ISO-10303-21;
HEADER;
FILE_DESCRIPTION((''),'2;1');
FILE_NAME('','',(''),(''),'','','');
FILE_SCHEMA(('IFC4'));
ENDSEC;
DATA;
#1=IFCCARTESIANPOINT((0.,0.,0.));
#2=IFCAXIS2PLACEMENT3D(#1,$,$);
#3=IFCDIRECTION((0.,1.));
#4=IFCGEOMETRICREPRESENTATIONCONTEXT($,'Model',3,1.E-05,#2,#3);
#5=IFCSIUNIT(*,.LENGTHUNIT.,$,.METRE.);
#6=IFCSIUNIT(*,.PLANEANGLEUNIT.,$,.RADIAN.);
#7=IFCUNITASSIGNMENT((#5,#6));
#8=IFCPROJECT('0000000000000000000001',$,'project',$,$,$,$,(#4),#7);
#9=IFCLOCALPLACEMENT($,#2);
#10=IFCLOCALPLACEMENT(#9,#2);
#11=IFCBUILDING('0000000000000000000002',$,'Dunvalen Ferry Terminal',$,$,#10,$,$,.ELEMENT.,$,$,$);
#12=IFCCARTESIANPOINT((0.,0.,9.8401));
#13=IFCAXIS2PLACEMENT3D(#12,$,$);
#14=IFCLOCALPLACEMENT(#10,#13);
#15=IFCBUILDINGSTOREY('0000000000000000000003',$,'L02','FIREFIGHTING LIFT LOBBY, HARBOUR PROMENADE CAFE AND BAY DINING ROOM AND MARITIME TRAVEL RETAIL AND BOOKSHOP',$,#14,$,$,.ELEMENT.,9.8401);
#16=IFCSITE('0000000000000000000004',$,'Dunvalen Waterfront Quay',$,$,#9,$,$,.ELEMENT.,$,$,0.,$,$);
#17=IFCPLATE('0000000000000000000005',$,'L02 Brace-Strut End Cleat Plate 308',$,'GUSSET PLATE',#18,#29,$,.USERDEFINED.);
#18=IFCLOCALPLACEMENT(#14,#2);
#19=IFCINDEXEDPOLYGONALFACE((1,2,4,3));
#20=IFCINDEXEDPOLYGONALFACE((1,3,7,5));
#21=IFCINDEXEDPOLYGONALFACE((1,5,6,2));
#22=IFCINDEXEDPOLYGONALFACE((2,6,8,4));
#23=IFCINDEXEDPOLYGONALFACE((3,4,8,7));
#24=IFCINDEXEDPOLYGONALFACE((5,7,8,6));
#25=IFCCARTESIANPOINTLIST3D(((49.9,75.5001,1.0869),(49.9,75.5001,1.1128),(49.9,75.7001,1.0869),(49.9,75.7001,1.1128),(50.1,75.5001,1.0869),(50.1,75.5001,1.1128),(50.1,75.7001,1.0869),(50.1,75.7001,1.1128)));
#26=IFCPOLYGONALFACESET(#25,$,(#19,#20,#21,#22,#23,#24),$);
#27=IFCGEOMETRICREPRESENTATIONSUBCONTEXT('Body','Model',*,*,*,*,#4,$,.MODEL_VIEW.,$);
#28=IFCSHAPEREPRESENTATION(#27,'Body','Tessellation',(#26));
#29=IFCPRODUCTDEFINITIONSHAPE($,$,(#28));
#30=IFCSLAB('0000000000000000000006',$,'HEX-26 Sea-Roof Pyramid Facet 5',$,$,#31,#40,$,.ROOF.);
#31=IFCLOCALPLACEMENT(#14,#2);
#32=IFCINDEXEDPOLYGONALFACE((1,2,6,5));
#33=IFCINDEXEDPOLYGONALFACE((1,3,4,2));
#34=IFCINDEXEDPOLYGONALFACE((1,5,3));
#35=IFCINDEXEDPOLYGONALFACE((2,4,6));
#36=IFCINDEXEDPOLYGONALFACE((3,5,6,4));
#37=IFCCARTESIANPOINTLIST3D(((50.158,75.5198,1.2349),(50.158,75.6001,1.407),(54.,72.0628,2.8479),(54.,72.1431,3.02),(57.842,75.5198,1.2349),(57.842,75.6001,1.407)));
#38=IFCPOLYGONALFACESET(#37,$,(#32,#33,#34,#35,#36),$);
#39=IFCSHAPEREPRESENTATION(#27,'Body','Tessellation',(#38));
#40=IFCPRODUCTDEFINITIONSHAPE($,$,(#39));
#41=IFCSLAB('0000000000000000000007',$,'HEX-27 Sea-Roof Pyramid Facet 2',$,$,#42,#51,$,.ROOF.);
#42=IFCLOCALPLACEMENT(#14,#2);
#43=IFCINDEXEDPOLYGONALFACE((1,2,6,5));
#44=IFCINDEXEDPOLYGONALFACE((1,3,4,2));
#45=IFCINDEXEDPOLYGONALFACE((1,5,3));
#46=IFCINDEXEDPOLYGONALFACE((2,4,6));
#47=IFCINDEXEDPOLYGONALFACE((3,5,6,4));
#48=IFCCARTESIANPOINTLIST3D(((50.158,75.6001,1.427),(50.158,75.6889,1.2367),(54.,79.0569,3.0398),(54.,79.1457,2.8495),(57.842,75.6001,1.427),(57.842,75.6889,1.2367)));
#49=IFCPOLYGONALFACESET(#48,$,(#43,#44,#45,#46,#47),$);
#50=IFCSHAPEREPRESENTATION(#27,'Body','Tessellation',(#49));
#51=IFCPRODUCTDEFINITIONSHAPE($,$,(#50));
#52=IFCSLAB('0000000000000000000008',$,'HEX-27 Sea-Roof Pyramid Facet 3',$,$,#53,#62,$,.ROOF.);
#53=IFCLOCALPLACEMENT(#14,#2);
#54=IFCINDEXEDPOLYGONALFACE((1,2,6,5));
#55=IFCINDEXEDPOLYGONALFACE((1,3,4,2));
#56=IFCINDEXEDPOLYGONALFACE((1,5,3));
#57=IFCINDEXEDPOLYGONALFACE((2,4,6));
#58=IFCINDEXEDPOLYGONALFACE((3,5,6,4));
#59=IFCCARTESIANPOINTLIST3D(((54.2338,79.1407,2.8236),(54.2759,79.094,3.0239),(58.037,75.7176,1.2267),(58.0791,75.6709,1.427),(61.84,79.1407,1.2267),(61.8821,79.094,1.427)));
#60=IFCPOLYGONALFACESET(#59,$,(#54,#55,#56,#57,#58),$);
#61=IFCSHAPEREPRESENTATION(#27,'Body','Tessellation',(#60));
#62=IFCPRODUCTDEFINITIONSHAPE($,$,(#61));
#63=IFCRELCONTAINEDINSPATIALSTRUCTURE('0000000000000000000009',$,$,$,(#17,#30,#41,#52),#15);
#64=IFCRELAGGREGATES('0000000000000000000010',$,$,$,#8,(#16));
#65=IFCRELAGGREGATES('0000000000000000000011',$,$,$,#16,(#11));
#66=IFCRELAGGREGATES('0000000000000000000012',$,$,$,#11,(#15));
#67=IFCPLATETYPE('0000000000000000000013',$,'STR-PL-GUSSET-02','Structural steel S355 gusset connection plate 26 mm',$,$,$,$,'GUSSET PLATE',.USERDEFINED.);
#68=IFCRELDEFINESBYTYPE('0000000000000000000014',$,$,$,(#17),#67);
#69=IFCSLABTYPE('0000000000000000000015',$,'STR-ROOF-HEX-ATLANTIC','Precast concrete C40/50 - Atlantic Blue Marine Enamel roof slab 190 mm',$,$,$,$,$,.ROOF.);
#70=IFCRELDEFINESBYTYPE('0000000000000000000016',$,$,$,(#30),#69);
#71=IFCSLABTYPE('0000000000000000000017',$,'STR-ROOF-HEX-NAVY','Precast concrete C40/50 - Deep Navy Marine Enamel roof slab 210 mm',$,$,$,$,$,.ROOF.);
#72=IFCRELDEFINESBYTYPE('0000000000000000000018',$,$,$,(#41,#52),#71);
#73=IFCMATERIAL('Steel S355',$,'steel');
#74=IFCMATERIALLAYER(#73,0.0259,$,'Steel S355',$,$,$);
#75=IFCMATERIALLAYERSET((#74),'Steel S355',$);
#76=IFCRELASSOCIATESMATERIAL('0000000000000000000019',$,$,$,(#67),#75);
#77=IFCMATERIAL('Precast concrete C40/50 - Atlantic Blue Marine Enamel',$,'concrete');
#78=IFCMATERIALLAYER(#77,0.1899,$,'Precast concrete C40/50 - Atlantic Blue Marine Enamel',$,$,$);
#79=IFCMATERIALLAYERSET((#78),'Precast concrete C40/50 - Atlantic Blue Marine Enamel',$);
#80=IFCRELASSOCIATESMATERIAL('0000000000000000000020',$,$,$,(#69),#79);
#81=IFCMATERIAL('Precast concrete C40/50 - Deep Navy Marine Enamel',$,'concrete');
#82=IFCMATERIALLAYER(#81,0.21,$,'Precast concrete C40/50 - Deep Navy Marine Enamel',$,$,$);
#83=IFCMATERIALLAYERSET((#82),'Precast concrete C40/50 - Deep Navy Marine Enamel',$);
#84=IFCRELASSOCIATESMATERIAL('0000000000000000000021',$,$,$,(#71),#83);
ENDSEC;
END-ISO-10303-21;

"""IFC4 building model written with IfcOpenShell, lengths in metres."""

from ifc_helpers import new_model, si_unit, direction, frame, origin, origin_2d, place, context, subcontext, project, spatial, polyline, rectangle, outline, extrude, material, layer, layer_set, type_object, element, save


model = new_model("IFC4")

# Units and contexts
model_context = context("Model", 3, precision=1e-05, world=origin(), true_north=direction((0.0, 1.0)))
body_context = subcontext(model_context, "Body", "Model", "MODEL_VIEW")
ifc_project = project(units=[si_unit("LENGTHUNIT", "METRE"), si_unit("PLANEANGLEUNIT", "RADIAN")], contexts=[model_context])

# Site, building, storey
site_placement = place(None, origin())
site = spatial("IfcSite", under=ifc_project, at=site_placement, Name="Dunvalen Waterfront Quay", CompositionType="ELEMENT", RefElevation=0.0)
building_placement = place(site_placement, origin())
building = spatial("IfcBuilding", under=site, at=building_placement, Name="Dunvalen Ferry Terminal", CompositionType="ELEMENT")
storey_placement = place(building_placement, frame((0.0, 0.0, 9.8401)))
storey = spatial("IfcBuildingStorey", under=building, at=storey_placement, Name="L02", Description="FIREFIGHTING LIFT LOBBY, HARBOUR PROMENADE CAFE AND BAY DINING ROOM AND MARITIME TRAVEL RETAIL AND BOOKSHOP", CompositionType="ELEMENT", Elevation=9.8401)

# Shared definitions
ifc_material_1 = material(Name="Steel S355", Category="steel")

# Plate
ifc_layer_1 = layer(ifc_material_1, 0.0259, Name="Steel S355")
ifc_layer_set_1 = layer_set([ifc_layer_1], Name="Steel S355")
plate_type_1 = type_object("IfcPlateType", Name="STR-PL-GUSSET-02", Description="Structural steel S355 gusset connection plate 26 mm", ElementType="GUSSET PLATE", PredefinedType="USERDEFINED", material=ifc_layer_set_1)
for number, where, z_axis, x_axis, name in (
    (1, (50.0, 75.6001, 1.0869), (0.0, 0.0, 1.0), (1.0, 0.0, 0.0), "L02 Brace-Strut End Cleat Plate 308"),
):
    element("IfcPlate", number, at=place(storey_placement, frame(where, z_axis=z_axis, x_axis=x_axis)), inside=storey, type_object=plate_type_1, Name=name, ObjectType="GUSSET PLATE", PredefinedType="USERDEFINED", context=body_context, shape_type="SweptSolid", body=[
        extrude(rectangle(XDim=0.2, YDim=0.2, at=origin_2d()), origin(), (0.0, 0.0, 1.0), 0.0259),
    ])

# Slabs
ifc_material_2 = material(Name="Precast concrete C40/50 - Atlantic Blue Marine Enamel", Category="concrete")
ifc_layer_2 = layer(ifc_material_2, 0.1899, Name="Precast concrete C40/50 - Atlantic Blue Marine Enamel")
ifc_layer_set_2 = layer_set([ifc_layer_2], Name="Precast concrete C40/50 - Atlantic Blue Marine Enamel")
slab_type_1 = type_object("IfcSlabType", Name="STR-ROOF-HEX-ATLANTIC", Description="Precast concrete C40/50 - Atlantic Blue Marine Enamel roof slab 190 mm", PredefinedType="ROOF", material=ifc_layer_set_2)
slab_1_placement = place(storey_placement, frame((57.842, 75.6001, 1.407), z_axis=(0.0, 0.422833, 0.906208), x_axis=(-1.0, 0.0, 0.0)))
element("IfcSlab", 2, at=slab_1_placement, inside=storey, type_object=slab_type_1, Name="HEX-26 Sea-Roof Pyramid Facet 5", PredefinedType="ROOF", context=body_context, shape_type="SweptSolid", body=[
    extrude(outline(polyline([(0.0, 0.0), (7.6841, 0.0), (3.842, 3.8148), (0.0, 0.0)])), origin(), (0.0, 0.0, -1.0), 0.1899),
])
ifc_material_3 = material(Name="Precast concrete C40/50 - Deep Navy Marine Enamel", Category="concrete")
ifc_layer_3 = layer(ifc_material_3, 0.21, Name="Precast concrete C40/50 - Deep Navy Marine Enamel")
ifc_layer_set_3 = layer_set([ifc_layer_3], Name="Precast concrete C40/50 - Deep Navy Marine Enamel")
slab_type_2 = type_object("IfcSlabType", Name="STR-ROOF-HEX-NAVY", Description="Precast concrete C40/50 - Deep Navy Marine Enamel roof slab 210 mm", PredefinedType="ROOF", material=ifc_layer_set_3)
slab_2_placement = place(storey_placement, frame((50.158, 75.6001, 1.427), z_axis=(0.0, -0.422805, 0.906221), x_axis=(1.0, 0.0, 0.0)))
element("IfcSlab", 3, at=slab_2_placement, inside=storey, type_object=slab_type_2, Name="HEX-27 Sea-Roof Pyramid Facet 2", PredefinedType="ROOF", context=body_context, shape_type="SweptSolid", body=[
    extrude(outline(polyline([(0.0, 0.0), (7.6841, 0.0), (3.842, 3.8145), (0.0, 0.0)])), origin(), (0.0, 0.0, -1.0), 0.21),
])
slab_3_placement = place(storey_placement, frame((58.0791, 75.6709, 1.427), z_axis=(0.200318, -0.222548, 0.95412), x_axis=(0.743254, 0.66901, 0.0)))
element("IfcSlab", 4, at=slab_3_placement, inside=storey, type_object=slab_type_2, Name="HEX-27 Sea-Roof Pyramid Facet 3", PredefinedType="ROOF", context=body_context, shape_type="SweptSolid", body=[
    extrude(outline(polyline([(0.0, 0.0), (5.1167, 0.0), (-0.5367, 5.3333), (0.0, 0.0)])), origin(), (0.0, 0.0, -1.0), 0.21),
])

save(model, "model.ifc")
